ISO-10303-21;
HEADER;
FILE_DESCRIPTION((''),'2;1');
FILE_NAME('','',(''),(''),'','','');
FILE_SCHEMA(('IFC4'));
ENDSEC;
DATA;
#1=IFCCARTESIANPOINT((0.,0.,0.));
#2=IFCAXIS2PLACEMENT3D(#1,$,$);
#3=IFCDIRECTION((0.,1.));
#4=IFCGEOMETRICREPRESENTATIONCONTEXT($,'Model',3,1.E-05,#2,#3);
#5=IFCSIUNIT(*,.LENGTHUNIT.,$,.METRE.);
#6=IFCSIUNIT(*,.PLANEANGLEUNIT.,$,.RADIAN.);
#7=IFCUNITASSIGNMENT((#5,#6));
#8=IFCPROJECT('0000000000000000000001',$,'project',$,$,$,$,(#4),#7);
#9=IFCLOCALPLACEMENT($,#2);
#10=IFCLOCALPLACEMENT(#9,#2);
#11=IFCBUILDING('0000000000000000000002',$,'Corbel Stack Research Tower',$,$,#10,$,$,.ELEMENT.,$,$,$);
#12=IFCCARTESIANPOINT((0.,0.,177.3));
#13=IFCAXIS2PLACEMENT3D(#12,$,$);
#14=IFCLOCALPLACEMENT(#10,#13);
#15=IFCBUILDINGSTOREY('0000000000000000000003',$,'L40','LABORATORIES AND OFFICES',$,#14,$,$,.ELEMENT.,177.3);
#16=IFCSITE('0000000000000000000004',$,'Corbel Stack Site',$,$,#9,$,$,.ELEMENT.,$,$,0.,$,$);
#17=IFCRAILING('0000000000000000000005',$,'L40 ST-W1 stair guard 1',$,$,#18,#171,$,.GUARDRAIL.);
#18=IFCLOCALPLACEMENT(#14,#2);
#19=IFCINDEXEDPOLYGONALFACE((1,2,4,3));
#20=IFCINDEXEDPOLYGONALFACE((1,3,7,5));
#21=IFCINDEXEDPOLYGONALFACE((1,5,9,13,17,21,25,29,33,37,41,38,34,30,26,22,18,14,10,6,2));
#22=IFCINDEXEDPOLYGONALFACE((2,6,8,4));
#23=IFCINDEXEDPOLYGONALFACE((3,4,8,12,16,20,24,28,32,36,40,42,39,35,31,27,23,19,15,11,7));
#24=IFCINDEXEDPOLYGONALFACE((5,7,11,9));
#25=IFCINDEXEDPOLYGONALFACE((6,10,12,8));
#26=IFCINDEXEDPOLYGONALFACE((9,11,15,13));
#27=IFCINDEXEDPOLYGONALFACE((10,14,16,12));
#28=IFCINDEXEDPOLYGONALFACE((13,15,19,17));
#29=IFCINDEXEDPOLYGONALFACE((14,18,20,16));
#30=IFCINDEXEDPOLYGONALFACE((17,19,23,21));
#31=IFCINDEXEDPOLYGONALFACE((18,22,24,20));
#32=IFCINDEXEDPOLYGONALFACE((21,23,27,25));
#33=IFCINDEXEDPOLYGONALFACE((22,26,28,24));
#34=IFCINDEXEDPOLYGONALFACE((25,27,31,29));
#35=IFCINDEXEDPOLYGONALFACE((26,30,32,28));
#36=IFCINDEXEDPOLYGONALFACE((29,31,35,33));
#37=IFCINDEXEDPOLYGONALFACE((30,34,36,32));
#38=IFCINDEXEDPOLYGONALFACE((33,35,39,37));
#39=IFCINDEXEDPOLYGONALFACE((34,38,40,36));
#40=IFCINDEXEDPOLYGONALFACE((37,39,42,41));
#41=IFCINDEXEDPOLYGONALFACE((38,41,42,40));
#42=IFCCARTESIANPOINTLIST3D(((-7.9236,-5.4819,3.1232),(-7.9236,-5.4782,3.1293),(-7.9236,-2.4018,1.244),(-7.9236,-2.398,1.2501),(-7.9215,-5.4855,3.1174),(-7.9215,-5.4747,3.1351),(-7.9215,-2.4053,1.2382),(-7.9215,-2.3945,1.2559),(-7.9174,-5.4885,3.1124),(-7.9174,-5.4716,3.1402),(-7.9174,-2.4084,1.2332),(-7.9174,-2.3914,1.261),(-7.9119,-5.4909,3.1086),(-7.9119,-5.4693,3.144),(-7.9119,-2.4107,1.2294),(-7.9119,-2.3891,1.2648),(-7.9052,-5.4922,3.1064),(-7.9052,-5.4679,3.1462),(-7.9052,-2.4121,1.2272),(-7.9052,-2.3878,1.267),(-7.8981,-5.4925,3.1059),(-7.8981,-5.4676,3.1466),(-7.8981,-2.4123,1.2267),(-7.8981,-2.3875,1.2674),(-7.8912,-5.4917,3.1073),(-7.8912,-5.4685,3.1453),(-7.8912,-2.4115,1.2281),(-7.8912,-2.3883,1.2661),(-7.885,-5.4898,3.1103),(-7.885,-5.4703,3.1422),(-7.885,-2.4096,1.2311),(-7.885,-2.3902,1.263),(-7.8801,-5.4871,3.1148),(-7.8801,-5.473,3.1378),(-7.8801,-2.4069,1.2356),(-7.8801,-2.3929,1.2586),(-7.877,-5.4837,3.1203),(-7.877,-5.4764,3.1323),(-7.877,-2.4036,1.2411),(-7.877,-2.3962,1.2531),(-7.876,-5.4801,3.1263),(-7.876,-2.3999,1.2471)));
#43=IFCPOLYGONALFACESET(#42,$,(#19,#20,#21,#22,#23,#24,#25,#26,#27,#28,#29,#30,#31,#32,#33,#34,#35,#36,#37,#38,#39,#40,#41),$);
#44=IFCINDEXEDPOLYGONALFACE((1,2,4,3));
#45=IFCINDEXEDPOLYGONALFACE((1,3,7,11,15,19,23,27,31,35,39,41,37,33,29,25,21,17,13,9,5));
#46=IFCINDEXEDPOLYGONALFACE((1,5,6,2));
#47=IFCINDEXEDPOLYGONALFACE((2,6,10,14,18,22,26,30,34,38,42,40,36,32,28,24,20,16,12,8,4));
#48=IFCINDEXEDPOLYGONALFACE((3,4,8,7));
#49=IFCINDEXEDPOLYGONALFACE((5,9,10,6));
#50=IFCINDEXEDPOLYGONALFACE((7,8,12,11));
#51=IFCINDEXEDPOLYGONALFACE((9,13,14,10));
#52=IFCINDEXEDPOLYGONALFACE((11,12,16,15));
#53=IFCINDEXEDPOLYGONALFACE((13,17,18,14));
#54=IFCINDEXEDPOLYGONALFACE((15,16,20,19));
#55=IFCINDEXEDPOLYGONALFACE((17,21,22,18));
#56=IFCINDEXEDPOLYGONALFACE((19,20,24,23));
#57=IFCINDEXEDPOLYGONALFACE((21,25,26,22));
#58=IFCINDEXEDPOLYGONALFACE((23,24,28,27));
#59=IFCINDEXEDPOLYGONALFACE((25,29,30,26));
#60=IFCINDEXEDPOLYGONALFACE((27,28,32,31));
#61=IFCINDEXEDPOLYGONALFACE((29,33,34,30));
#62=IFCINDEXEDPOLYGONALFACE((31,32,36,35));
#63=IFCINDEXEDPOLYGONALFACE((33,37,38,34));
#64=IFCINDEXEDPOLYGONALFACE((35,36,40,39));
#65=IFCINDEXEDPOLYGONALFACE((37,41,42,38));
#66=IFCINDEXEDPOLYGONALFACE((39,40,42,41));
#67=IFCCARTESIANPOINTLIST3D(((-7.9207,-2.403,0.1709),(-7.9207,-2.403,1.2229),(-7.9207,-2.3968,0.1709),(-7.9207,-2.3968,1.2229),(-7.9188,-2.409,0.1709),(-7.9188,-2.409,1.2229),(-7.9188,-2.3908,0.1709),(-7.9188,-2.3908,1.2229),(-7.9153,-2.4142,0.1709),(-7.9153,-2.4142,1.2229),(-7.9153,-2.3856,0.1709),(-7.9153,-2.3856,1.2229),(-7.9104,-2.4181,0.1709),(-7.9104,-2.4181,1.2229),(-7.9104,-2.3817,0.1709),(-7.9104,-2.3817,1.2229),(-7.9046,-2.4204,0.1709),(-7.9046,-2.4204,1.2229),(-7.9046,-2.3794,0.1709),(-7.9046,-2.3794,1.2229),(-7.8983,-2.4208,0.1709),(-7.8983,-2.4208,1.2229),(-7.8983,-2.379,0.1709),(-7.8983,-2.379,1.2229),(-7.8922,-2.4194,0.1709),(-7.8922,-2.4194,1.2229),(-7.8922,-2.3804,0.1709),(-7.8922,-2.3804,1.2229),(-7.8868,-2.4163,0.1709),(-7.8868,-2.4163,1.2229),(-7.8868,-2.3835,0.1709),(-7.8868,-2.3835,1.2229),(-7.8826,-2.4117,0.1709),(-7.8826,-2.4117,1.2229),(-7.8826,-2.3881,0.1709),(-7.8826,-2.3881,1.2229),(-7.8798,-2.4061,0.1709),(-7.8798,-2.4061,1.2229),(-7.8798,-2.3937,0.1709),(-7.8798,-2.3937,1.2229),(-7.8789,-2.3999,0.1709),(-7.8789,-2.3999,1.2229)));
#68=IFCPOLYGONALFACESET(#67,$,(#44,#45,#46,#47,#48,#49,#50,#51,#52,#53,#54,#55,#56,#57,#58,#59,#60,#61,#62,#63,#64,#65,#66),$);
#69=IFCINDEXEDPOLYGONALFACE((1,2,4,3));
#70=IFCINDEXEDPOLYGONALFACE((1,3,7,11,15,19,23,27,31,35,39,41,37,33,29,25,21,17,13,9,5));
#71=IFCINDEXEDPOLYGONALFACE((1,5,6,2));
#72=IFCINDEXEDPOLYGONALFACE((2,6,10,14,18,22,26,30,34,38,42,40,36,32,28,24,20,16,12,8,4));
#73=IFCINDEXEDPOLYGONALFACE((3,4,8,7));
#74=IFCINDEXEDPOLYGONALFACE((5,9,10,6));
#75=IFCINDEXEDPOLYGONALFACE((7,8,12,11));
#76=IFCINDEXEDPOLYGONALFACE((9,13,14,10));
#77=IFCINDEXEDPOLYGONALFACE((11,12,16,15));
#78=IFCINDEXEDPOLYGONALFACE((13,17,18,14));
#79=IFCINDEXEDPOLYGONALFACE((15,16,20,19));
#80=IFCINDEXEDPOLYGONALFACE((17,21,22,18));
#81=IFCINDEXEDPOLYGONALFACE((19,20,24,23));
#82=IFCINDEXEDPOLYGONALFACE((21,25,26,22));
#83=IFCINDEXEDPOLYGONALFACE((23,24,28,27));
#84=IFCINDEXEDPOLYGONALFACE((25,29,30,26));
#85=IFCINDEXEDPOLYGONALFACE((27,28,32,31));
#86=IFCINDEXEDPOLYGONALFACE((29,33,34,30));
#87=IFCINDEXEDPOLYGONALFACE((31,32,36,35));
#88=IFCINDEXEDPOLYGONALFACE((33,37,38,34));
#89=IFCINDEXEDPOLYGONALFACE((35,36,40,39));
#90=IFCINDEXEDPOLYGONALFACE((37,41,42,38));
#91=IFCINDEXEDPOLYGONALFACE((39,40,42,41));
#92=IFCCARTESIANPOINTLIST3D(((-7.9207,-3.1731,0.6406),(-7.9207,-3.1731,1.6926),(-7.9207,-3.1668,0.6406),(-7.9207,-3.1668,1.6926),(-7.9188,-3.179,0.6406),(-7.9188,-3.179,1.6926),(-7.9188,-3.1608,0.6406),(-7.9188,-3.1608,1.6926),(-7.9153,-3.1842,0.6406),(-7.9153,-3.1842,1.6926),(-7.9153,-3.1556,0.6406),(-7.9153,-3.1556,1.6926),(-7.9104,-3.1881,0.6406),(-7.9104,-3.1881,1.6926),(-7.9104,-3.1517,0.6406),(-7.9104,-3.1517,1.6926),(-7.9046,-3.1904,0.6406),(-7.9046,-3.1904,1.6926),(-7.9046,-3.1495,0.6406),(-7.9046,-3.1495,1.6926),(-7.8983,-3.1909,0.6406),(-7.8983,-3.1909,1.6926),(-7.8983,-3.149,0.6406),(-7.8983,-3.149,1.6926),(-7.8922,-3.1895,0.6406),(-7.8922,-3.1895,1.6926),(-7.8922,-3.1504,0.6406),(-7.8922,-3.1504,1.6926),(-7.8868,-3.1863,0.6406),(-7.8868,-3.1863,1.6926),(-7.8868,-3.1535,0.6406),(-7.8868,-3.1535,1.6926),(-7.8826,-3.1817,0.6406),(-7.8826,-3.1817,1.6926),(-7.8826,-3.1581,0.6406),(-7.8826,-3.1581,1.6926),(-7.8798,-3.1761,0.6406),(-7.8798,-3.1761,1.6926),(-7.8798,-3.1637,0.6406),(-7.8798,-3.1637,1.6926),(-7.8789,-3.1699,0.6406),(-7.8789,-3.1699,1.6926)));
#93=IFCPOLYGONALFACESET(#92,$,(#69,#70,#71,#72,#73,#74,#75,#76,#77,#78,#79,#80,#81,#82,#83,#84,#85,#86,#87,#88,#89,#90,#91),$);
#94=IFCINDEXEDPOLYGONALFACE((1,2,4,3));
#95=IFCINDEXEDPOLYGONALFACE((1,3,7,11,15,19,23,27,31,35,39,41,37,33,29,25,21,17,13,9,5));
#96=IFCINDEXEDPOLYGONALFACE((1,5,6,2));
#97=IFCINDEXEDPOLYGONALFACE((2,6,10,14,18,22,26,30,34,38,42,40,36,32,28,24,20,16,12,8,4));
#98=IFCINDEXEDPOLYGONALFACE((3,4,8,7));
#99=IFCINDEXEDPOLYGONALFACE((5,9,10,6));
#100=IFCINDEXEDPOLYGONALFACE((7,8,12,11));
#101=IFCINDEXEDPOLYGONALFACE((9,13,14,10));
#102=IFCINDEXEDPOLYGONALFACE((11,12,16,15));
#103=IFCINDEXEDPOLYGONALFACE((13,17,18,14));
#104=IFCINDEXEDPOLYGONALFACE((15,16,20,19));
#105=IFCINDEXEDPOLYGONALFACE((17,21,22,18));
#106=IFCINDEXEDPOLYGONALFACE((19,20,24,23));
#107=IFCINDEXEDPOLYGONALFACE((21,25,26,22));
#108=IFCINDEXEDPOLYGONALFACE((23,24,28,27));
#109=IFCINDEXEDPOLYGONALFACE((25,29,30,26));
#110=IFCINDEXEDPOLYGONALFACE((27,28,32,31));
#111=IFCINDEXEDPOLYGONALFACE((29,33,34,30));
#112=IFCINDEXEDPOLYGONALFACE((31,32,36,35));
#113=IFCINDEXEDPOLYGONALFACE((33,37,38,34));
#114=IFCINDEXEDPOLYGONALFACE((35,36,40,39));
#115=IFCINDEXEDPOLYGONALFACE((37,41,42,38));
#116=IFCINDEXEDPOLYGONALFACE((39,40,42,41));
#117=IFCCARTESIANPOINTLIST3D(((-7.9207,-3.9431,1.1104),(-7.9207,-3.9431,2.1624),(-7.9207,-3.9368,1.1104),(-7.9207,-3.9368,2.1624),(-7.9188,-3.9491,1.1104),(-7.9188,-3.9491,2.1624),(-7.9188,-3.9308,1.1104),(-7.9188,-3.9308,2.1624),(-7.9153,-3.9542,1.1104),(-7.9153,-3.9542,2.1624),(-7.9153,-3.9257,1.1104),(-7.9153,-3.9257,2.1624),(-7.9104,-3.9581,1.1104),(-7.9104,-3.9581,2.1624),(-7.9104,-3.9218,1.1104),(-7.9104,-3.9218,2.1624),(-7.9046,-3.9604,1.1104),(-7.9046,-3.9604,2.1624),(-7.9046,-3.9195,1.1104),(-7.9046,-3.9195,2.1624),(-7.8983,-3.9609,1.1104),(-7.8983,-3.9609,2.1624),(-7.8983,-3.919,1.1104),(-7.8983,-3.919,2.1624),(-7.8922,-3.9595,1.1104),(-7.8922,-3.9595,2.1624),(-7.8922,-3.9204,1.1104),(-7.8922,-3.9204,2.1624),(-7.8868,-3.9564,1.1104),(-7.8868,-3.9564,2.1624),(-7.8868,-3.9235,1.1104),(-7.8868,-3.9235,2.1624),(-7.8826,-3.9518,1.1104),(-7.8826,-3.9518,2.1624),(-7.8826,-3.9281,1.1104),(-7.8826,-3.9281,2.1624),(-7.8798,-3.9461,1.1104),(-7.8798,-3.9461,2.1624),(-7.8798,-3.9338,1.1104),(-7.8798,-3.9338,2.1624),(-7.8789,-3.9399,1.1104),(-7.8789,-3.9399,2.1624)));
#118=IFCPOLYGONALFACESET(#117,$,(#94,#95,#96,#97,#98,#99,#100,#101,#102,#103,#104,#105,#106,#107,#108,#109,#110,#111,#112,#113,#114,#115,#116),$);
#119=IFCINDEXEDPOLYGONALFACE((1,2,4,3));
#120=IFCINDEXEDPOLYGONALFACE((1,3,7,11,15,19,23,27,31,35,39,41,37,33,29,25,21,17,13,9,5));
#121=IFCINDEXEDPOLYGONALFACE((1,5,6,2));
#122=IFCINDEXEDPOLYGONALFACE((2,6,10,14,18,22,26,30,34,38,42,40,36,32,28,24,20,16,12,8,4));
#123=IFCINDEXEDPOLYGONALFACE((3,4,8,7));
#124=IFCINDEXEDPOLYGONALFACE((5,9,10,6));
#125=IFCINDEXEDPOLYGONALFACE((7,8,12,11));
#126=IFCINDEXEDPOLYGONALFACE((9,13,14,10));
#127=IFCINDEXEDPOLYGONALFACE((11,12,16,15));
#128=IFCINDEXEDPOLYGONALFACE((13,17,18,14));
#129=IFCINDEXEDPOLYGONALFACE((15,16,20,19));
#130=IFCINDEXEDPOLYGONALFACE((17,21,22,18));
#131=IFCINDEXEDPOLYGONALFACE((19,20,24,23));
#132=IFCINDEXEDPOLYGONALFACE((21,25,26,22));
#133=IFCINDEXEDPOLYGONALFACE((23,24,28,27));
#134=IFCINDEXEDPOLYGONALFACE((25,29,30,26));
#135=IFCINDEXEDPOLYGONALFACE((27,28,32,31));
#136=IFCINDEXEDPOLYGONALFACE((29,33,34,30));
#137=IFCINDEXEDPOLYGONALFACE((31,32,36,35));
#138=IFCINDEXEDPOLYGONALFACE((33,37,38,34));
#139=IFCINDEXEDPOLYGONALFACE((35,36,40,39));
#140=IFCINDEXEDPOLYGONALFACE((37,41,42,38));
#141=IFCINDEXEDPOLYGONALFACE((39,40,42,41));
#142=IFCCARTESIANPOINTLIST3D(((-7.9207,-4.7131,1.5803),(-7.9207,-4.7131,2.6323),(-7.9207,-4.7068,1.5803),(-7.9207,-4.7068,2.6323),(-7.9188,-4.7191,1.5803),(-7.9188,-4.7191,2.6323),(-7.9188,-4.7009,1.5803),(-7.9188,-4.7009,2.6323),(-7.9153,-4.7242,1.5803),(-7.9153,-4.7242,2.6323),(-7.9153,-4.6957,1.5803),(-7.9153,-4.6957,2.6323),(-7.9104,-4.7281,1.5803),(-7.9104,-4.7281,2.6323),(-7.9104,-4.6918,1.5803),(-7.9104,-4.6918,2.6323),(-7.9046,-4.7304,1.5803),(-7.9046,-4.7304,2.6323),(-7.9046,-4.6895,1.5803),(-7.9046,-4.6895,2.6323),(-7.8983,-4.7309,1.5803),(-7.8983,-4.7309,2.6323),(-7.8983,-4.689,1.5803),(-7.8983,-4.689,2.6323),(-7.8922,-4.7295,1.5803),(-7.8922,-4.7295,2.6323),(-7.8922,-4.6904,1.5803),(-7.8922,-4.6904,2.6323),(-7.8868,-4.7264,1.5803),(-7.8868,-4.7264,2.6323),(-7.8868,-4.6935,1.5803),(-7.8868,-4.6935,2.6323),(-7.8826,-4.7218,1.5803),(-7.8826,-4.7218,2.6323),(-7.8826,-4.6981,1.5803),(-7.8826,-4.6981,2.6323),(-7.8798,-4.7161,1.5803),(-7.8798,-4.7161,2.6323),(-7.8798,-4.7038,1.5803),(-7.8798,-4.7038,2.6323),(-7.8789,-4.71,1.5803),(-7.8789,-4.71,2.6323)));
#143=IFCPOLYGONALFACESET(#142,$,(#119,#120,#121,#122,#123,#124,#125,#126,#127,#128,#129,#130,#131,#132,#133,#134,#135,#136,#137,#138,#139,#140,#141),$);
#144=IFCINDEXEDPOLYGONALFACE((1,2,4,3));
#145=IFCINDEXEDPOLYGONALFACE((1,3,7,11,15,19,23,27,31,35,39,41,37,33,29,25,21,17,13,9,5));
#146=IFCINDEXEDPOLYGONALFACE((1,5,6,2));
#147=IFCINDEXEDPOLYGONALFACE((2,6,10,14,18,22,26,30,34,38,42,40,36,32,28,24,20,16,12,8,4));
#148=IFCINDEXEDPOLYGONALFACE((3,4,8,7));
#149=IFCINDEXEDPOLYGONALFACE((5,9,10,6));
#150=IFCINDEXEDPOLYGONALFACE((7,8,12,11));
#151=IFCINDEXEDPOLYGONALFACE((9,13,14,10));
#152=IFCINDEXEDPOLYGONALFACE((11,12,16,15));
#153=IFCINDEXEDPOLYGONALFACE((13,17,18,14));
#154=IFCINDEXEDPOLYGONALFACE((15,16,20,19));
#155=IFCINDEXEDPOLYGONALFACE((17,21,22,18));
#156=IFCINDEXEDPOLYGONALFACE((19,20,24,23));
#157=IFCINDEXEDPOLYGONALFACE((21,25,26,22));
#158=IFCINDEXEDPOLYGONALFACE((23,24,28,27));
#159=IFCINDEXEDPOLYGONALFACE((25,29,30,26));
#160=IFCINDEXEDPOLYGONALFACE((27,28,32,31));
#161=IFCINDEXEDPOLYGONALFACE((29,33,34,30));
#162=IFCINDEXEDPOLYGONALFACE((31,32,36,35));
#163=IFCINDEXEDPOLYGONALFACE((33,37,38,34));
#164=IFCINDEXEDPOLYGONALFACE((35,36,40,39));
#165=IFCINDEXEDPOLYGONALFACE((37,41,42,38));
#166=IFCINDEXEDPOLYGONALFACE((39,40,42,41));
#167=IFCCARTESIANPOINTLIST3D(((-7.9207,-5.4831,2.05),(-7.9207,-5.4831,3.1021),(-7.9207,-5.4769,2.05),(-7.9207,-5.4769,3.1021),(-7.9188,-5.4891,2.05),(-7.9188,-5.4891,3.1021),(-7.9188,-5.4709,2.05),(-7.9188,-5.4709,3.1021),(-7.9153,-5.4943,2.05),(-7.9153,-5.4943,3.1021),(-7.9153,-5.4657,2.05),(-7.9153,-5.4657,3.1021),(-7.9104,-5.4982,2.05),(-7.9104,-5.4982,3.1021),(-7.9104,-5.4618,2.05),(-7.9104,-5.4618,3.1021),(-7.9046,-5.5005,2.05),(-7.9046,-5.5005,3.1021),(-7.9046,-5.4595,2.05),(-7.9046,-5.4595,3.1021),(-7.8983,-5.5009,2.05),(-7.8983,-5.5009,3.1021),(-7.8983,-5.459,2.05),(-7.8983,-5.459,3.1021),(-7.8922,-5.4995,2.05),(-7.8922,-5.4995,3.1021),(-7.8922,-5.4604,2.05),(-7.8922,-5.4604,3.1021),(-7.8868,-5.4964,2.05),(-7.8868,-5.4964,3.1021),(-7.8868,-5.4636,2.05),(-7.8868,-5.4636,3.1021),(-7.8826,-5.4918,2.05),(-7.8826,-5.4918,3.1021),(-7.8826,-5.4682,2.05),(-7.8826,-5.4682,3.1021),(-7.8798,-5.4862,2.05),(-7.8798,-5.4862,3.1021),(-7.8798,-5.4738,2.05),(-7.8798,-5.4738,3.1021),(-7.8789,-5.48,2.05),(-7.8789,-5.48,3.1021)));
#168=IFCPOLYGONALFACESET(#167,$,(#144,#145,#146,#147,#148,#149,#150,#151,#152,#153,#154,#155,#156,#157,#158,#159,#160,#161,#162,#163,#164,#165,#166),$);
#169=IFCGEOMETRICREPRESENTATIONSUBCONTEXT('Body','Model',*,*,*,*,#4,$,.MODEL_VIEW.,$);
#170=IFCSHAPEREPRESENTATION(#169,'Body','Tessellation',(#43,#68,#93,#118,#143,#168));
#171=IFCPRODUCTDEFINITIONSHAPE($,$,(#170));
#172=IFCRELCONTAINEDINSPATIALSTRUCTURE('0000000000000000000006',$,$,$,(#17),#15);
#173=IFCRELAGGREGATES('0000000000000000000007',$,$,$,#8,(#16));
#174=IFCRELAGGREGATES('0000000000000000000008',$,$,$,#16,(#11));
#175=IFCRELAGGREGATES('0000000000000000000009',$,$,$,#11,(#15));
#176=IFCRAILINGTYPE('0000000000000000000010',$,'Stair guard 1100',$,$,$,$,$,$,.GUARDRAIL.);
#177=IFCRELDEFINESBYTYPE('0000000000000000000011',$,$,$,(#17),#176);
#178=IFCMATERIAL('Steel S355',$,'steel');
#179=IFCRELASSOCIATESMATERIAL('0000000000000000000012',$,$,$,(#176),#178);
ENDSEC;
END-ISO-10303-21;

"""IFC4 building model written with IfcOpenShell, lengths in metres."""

from ifc_helpers import new_model, si_unit, direction, frame, origin, origin_2d, place, context, subcontext, project, spatial, circle, extrude, material, type_object, element, save


model = new_model("IFC4")

# Units and contexts
model_context = context("Model", 3, precision=1e-05, world=origin(), true_north=direction((0.0, 1.0)))
body_context = subcontext(model_context, "Body", "Model", "MODEL_VIEW")
ifc_project = project(units=[si_unit("LENGTHUNIT", "METRE"), si_unit("PLANEANGLEUNIT", "RADIAN")], contexts=[model_context])

# Site, building, storey
site_placement = place(None, origin())
site = spatial("IfcSite", under=ifc_project, at=site_placement, Name="Corbel Stack Site", CompositionType="ELEMENT", RefElevation=0.0)
building_placement = place(site_placement, origin())
building = spatial("IfcBuilding", under=site, at=building_placement, Name="Corbel Stack Research Tower", CompositionType="ELEMENT")
storey_placement = place(building_placement, frame((0.0, 0.0, 177.3)))
storey = spatial("IfcBuildingStorey", under=building, at=storey_placement, Name="L40", Description="LABORATORIES AND OFFICES", CompositionType="ELEMENT", Elevation=177.3)

# Railing
ifc_material_1 = material(Name="Steel S355", Category="steel")
railing_type_1 = type_object("IfcRailingType", Name="Stair guard 1100", PredefinedType="GUARDRAIL", material=ifc_material_1)
railing_1_placement = place(storey_placement, frame((-7.8999, -2.3999, 0.1709)))
element("IfcRailing", 1, at=railing_1_placement, inside=storey, type_object=railing_type_1, Name="L40 ST-W1 stair guard 1", PredefinedType="GUARDRAIL", context=body_context, shape_type="SweptSolid", body=[
    extrude(circle(Radius=0.0239, at=origin_2d()), frame((0.0, 0.0, 1.0762), z_axis=(0.0, -0.853666, 0.52082), x_axis=(1.0, 0.0, 0.0)), (0.0, 0.0, 1.0), 3.6082),
    extrude(circle(Radius=0.021, at=origin_2d()), origin(), (0.0, 0.0, 1.0), 1.052),
    extrude(circle(Radius=0.021, at=origin_2d()), frame((0.0, -0.77, 0.4697)), (0.0, 0.0, 1.0), 1.052),
    extrude(circle(Radius=0.021, at=origin_2d()), frame((0.0, -1.54, 0.9395)), (0.0, 0.0, 1.0), 1.052),
    extrude(circle(Radius=0.021, at=origin_2d()), frame((0.0, -2.3101, 1.4094)), (0.0, 0.0, 1.0), 1.052),
    extrude(circle(Radius=0.021, at=origin_2d()), frame((0.0, -3.0801, 1.8792)), (0.0, 0.0, 1.0), 1.052),
])

save(model, "model.ifc")
